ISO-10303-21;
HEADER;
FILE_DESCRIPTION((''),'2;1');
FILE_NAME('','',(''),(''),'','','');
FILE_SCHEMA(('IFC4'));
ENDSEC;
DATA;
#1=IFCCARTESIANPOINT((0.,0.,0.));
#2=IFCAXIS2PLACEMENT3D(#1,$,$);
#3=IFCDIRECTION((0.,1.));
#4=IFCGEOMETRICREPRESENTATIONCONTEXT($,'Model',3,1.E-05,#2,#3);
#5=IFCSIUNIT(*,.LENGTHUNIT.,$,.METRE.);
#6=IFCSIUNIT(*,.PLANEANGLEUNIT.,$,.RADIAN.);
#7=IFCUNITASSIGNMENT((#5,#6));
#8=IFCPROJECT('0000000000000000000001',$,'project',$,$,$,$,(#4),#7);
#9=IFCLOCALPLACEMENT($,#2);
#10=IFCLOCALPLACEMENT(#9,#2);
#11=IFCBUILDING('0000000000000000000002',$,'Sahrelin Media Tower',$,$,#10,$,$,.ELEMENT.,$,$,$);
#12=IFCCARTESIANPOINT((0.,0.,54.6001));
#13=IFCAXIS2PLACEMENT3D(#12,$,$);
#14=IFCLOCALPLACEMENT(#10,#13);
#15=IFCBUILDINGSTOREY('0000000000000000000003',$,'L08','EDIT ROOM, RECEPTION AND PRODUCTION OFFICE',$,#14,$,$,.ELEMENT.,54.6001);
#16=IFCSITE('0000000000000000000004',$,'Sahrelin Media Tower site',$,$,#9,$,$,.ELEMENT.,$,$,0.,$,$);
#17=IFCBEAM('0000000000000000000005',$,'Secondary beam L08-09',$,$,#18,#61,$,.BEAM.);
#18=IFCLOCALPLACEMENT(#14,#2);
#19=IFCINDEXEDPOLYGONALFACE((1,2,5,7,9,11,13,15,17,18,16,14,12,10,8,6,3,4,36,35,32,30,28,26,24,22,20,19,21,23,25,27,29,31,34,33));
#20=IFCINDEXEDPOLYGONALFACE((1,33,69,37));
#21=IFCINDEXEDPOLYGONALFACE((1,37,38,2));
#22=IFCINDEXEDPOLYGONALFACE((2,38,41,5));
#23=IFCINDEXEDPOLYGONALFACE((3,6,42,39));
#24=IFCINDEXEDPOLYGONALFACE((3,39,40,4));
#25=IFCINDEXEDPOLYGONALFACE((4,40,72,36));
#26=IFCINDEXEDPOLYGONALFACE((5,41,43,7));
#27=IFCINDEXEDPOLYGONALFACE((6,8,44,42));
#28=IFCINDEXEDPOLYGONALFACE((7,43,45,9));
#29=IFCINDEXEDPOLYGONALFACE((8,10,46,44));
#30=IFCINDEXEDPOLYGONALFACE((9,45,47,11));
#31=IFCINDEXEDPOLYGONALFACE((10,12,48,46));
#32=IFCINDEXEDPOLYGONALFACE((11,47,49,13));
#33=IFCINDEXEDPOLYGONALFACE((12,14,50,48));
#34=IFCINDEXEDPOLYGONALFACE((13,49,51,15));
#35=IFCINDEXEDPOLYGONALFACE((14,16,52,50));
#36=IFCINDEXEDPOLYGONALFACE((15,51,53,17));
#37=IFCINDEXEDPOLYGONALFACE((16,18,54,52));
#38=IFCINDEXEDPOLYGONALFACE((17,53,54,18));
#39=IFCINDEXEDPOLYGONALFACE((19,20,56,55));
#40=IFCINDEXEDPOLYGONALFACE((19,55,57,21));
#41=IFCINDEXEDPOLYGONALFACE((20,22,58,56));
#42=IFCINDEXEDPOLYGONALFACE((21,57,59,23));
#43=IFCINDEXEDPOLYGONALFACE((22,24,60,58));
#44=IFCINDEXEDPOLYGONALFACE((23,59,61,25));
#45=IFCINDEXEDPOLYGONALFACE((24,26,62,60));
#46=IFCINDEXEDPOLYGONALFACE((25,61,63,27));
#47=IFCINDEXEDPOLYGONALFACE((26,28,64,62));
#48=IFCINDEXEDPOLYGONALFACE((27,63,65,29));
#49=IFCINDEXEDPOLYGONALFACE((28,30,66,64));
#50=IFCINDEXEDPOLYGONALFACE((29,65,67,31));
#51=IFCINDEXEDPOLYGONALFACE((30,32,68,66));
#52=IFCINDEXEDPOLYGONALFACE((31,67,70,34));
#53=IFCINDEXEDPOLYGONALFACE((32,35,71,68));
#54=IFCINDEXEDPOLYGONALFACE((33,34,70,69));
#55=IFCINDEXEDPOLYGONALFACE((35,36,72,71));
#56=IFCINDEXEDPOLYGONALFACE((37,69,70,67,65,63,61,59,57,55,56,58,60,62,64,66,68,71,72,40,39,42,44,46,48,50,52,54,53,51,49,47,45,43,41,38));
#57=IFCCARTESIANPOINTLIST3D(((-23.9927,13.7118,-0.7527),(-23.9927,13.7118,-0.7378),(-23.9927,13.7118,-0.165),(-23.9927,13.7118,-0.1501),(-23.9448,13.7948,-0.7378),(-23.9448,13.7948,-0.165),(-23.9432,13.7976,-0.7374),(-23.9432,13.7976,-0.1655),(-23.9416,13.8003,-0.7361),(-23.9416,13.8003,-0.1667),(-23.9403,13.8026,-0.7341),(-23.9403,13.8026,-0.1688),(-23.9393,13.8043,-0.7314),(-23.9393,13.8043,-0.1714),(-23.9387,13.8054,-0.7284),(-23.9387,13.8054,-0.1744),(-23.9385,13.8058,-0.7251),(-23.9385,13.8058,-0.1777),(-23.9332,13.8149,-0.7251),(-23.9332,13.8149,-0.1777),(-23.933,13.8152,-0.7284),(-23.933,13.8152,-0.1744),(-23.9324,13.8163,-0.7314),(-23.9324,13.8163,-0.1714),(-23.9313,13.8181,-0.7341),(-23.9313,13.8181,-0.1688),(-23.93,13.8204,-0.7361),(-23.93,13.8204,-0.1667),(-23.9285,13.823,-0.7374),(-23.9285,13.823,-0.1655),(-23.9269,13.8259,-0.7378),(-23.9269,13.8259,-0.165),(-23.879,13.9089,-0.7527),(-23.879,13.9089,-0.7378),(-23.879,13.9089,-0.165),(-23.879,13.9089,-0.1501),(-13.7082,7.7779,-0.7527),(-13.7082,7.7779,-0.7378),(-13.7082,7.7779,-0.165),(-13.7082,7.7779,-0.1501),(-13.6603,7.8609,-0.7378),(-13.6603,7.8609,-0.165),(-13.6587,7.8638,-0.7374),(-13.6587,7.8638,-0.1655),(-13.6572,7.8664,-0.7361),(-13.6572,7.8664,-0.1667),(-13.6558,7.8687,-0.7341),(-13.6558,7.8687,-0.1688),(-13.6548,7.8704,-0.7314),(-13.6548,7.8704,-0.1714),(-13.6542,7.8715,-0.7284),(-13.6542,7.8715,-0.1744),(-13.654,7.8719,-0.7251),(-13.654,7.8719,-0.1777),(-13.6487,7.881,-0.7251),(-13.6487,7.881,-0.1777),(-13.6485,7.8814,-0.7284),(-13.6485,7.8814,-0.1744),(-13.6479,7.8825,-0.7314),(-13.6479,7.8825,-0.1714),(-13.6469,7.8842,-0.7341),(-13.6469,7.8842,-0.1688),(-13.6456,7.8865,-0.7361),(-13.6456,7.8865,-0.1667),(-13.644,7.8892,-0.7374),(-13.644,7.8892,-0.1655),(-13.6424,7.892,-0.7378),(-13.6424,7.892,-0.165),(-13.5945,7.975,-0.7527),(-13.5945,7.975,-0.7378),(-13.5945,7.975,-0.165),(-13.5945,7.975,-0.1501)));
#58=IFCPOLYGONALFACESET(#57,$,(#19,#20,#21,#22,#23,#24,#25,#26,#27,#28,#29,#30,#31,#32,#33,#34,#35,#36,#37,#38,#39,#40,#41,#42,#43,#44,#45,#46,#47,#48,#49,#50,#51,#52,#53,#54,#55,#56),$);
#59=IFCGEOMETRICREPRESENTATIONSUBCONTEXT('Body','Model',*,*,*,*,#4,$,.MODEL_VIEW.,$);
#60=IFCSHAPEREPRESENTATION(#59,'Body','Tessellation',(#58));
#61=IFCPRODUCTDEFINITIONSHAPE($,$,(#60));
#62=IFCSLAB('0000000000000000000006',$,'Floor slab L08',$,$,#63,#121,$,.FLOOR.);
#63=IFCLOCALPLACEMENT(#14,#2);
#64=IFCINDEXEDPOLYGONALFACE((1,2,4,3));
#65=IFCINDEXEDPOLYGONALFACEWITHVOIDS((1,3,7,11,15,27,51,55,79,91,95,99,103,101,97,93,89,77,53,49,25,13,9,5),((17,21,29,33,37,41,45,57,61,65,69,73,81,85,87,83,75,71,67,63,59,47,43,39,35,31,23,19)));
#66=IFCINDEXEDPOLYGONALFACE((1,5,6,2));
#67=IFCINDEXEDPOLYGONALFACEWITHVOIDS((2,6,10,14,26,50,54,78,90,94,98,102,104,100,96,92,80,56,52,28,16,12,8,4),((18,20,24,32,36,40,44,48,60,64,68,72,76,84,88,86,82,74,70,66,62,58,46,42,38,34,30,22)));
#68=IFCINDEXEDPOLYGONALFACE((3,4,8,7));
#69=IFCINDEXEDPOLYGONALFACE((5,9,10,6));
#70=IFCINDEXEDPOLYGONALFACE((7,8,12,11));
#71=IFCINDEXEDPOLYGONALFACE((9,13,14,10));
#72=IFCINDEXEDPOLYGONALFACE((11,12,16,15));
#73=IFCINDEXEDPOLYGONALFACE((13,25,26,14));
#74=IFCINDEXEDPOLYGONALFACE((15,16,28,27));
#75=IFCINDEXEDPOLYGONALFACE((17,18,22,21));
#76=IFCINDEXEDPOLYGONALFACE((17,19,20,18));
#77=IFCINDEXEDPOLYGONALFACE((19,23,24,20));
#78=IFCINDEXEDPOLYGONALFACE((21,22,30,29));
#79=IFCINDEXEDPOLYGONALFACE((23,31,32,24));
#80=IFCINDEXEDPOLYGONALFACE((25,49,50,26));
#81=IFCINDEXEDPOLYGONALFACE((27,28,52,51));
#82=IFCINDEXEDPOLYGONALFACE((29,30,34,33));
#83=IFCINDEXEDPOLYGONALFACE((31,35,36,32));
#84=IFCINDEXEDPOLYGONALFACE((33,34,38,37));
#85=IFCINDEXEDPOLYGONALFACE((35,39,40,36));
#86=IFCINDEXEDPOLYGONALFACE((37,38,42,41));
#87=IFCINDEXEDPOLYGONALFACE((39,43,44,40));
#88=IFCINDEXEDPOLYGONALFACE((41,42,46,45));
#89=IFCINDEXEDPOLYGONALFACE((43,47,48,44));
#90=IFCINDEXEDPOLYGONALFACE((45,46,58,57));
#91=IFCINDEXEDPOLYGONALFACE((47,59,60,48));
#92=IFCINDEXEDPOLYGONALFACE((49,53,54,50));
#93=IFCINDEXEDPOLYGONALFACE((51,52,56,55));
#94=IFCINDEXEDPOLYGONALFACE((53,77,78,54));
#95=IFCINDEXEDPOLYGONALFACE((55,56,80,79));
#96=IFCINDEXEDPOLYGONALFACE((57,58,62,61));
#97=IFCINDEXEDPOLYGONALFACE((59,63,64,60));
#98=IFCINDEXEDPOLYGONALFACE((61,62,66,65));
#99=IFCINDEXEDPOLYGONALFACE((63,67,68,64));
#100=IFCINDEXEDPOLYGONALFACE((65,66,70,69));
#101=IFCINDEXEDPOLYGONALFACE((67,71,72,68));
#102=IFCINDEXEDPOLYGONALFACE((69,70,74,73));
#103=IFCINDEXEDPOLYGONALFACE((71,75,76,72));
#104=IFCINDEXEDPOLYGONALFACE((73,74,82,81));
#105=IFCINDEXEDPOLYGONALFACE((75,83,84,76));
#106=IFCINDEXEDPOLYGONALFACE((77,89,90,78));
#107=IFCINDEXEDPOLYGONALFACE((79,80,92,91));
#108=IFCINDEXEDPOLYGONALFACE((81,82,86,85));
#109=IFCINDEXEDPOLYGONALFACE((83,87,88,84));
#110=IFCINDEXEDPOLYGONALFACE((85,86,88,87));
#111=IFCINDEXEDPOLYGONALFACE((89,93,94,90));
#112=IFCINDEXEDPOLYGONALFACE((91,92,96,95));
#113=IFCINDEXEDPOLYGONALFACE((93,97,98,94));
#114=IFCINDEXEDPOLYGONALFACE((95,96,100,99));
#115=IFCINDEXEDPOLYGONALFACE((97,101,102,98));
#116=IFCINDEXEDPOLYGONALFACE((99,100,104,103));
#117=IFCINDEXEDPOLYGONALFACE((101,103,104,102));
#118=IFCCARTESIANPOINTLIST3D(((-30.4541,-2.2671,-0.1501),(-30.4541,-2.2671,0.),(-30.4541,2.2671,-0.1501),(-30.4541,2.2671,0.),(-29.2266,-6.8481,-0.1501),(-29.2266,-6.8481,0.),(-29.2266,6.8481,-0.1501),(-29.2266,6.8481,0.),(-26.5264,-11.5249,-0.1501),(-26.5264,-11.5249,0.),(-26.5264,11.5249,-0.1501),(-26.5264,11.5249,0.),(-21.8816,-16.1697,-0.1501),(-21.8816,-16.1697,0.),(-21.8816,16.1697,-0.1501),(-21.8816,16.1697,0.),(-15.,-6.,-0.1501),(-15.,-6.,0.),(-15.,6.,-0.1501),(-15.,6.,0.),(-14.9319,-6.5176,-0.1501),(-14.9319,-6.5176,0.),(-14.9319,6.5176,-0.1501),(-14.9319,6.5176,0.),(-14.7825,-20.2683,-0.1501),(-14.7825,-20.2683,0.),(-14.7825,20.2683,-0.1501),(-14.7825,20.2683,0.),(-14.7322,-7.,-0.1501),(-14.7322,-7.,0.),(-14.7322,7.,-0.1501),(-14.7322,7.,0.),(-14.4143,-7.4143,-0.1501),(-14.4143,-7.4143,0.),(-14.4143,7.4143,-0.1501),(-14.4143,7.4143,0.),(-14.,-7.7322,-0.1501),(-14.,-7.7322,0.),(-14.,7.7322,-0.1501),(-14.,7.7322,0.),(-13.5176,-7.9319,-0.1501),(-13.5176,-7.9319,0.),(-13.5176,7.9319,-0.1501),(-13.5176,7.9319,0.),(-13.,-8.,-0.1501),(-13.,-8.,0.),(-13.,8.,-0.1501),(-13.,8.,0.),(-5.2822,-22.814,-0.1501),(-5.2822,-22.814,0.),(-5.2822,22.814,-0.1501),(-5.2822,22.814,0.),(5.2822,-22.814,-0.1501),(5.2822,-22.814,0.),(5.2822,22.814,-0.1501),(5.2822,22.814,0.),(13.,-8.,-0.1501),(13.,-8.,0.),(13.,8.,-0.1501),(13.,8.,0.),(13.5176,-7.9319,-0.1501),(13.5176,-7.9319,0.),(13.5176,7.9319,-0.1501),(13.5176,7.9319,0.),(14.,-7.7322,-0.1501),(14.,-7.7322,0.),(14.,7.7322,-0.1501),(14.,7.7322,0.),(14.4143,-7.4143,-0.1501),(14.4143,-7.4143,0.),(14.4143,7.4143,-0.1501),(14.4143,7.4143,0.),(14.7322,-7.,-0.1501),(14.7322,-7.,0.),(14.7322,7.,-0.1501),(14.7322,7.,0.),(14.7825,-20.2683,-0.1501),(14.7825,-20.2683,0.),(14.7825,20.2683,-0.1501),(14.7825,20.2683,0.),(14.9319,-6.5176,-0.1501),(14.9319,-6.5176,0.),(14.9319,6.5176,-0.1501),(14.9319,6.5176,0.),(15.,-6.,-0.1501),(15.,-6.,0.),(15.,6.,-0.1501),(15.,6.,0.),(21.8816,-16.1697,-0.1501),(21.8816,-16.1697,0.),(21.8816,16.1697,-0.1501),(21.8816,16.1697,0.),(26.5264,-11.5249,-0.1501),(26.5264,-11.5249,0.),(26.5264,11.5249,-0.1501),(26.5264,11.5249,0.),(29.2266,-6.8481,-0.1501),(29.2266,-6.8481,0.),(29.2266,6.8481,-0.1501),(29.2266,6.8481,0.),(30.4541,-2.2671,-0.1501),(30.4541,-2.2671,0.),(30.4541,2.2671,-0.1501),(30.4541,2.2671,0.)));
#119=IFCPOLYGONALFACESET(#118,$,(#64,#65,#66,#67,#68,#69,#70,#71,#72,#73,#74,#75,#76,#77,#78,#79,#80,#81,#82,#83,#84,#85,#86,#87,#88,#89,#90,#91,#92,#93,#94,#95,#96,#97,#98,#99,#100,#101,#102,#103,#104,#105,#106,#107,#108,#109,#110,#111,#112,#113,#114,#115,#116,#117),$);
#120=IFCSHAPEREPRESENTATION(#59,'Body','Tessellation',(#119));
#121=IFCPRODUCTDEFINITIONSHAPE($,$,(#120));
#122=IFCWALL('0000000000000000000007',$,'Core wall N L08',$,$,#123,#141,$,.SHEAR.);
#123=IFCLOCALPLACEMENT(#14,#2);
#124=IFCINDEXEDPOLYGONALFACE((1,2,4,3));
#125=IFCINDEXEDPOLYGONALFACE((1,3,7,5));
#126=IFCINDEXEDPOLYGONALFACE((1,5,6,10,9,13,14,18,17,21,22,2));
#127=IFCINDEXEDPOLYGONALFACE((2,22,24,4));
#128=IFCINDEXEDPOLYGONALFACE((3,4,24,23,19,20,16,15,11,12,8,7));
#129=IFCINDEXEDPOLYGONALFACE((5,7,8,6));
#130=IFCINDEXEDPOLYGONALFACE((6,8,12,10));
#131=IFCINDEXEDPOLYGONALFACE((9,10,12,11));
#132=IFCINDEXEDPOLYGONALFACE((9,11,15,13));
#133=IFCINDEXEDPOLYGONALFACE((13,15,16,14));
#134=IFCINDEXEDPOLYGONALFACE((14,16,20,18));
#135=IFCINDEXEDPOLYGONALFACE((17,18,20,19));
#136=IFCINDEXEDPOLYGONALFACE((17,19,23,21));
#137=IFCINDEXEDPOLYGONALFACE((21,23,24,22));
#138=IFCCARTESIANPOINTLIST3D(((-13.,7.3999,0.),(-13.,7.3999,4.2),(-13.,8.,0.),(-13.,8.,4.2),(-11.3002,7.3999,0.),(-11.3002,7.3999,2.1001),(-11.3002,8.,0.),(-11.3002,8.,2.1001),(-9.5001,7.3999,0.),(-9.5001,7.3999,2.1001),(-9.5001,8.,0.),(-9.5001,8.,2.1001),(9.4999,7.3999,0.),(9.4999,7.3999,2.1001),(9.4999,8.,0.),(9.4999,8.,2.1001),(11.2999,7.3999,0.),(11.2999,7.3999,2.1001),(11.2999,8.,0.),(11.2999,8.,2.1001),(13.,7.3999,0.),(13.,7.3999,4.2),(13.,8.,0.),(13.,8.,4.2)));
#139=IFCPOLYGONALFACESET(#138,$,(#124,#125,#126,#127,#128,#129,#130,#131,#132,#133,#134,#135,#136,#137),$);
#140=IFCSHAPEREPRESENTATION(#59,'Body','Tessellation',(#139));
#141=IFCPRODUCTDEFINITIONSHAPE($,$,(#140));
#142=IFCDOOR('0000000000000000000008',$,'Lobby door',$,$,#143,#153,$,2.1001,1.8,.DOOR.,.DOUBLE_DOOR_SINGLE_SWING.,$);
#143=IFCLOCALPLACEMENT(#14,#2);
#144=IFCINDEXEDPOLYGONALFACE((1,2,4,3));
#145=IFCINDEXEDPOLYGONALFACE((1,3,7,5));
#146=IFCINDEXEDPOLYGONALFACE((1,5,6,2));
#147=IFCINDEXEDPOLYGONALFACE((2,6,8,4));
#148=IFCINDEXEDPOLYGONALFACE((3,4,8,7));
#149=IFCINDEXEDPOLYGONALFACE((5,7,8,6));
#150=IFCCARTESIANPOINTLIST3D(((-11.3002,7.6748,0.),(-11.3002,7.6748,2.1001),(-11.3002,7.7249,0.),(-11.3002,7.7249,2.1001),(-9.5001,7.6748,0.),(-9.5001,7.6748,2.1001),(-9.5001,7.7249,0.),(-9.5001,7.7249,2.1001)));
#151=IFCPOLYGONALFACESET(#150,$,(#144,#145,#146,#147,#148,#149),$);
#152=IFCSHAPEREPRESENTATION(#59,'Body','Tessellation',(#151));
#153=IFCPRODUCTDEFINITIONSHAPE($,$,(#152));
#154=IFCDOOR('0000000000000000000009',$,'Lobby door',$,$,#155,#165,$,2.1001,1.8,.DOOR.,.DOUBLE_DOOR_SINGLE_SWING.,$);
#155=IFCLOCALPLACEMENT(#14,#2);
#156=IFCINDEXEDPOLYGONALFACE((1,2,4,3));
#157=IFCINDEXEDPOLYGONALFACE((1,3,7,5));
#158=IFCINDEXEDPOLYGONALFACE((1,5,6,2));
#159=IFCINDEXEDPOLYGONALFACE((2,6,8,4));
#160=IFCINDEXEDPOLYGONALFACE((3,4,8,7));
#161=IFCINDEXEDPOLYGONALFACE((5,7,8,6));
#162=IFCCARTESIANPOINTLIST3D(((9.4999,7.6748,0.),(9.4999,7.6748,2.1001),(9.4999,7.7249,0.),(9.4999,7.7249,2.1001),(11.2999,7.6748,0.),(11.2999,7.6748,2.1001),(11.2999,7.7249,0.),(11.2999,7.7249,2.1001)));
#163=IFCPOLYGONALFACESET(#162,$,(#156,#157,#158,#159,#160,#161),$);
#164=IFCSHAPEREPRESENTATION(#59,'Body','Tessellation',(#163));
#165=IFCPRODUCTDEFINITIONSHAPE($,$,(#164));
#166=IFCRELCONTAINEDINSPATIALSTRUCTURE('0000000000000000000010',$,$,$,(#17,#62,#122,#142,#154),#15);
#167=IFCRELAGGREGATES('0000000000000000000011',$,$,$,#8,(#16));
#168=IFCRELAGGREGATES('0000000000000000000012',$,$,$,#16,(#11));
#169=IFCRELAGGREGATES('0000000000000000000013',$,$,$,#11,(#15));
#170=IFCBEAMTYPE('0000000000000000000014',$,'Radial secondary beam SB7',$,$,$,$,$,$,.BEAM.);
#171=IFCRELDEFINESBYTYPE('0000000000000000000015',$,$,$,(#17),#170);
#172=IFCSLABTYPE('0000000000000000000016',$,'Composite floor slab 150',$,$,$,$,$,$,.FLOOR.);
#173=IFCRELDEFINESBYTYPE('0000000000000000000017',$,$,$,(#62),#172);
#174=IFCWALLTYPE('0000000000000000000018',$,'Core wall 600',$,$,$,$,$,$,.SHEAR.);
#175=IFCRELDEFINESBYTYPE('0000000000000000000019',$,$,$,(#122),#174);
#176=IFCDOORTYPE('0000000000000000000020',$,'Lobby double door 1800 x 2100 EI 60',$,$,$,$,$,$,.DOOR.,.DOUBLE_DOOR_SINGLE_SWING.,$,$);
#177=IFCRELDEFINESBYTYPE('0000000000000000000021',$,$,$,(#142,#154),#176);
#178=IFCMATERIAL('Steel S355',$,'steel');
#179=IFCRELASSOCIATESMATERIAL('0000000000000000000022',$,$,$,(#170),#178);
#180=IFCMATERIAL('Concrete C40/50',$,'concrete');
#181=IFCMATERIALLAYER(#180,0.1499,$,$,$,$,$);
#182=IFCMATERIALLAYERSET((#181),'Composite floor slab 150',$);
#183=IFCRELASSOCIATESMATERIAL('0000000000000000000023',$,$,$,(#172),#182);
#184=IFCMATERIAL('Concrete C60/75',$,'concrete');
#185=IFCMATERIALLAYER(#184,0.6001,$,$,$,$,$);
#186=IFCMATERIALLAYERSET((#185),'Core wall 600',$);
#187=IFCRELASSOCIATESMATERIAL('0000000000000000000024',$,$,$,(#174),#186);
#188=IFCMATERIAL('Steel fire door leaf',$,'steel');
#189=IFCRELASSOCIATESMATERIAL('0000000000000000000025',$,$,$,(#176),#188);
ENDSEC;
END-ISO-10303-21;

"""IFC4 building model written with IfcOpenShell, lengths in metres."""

from ifc_helpers import new_model, si_unit, direction, frame, frame_2d, origin, origin_2d, place, context, subcontext, project, spatial, polyline, rectangle, i_section, outline, extrude, material, layer, layer_set, material_profile, profile_set, type_object, element, fill, save


model = new_model("IFC4")

# Units and contexts
model_context = context("Model", 3, precision=1e-05, world=origin(), true_north=direction((0.0, 1.0)))
body_context = subcontext(model_context, "Body", "Model", "MODEL_VIEW")
ifc_project = project(units=[si_unit("LENGTHUNIT", "METRE"), si_unit("PLANEANGLEUNIT", "RADIAN")], contexts=[model_context])

# Site, building, storey
site_placement = place(None, origin())
site = spatial("IfcSite", under=ifc_project, at=site_placement, Name="Sahrelin Media Tower site", CompositionType="ELEMENT", RefElevation=0.0)
building_placement = place(site_placement, origin())
building = spatial("IfcBuilding", under=site, at=building_placement, Name="Sahrelin Media Tower", CompositionType="ELEMENT")
storey_placement = place(building_placement, frame((0.0, 0.0, 54.6001)))
storey = spatial("IfcBuildingStorey", under=building, at=storey_placement, Name="L08", Description="EDIT ROOM, RECEPTION AND PRODUCTION OFFICE", CompositionType="ELEMENT", Elevation=54.6001)

# Beam
ifc_material_1 = material(Name="Steel S355", Category="steel")
ifc_material_profile = material_profile(ifc_material_1, i_section(OverallWidth=0.2275, OverallDepth=0.6025, WebThickness=0.0105, FlangeThickness=0.0149, FilletRadius=0.0127, at=origin_2d()), Name="UB 610x229x101")
ifc_profile_set = profile_set([ifc_material_profile], Name="Steel S355")
beam_type = type_object("IfcBeamType", Name="Radial secondary beam SB7", PredefinedType="BEAM", material=ifc_profile_set)
beam_placement = place(storey_placement, frame((-13.6514, 7.8765, -0.4514), z_axis=(-0.866167, 0.499755, 0.0), x_axis=(-0.499755, -0.866167, 0.0)))
element("IfcBeam", 1, at=beam_placement, inside=storey, type_object=beam_type, Name="Secondary beam L08-09", PredefinedType="BEAM", context=body_context, shape_type="SweptSolid", body=[
    extrude(i_section(OverallWidth=0.2275, OverallDepth=0.6025, WebThickness=0.0105, FlangeThickness=0.0149, FilletRadius=0.0127, at=origin_2d()), origin(), (0.0, 0.0, 1.0), 11.8735),
])

# Slab
ifc_material_2 = material(Name="Concrete C40/50", Category="concrete")
ifc_layer_1 = layer(ifc_material_2, 0.1499)
ifc_layer_set_1 = layer_set([ifc_layer_1], Name="Composite floor slab 150")
slab_type = type_object("IfcSlabType", Name="Composite floor slab 150", PredefinedType="FLOOR", material=ifc_layer_set_1)
slab_placement = place(storey_placement, frame((0.0, 0.0, -0.1501)))
element("IfcSlab", 2, at=slab_placement, inside=storey, type_object=slab_type, Name="Floor slab L08", PredefinedType="FLOOR", context=body_context, shape_type="SweptSolid", body=[
    extrude(outline(polyline([(30.4541, -2.2671), (30.4541, 2.2671), (29.2266, 6.8481), (26.5264, 11.5249), (21.8816, 16.1697), (14.7825, 20.2683), (5.2822, 22.814), (-5.2822, 22.814), (-14.7825, 20.2683), (-21.8816, 16.1697), (-26.5264, 11.5249), (-29.2266, 6.8481), (-30.4541, 2.2671), (-30.4541, -2.2671), (-29.2266, -6.8481), (-26.5264, -11.5249), (-21.8816, -16.1697), (-14.7825, -20.2683), (-5.2822, -22.814), (5.2822, -22.814), (14.7825, -20.2683), (21.8816, -16.1697), (26.5264, -11.5249), (29.2266, -6.8481), (30.4541, -2.2671)]), holes=[polyline([(14.9319, 6.5176), (15.0, 6.0), (15.0, -6.0), (14.9319, -6.5176), (14.7322, -7.0), (14.4143, -7.4143), (14.0, -7.7322), (13.5176, -7.9319), (13.0, -8.0), (-13.0, -8.0), (-13.5176, -7.9319), (-14.0, -7.7322), (-14.4143, -7.4143), (-14.7322, -7.0), (-14.9319, -6.5176), (-15.0, -6.0), (-15.0, 6.0), (-14.9319, 6.5176), (-14.7322, 7.0), (-14.4143, 7.4143), (-14.0, 7.7322), (-13.5176, 7.9319), (-13.0, 8.0), (13.0, 8.0), (13.5176, 7.9319), (14.0, 7.7322), (14.4143, 7.4143), (14.7322, 7.0), (14.9319, 6.5176)])]), origin(), (0.0, 0.0, 1.0), 0.1501),
])

# Wall, openings, doors
ifc_material_3 = material(Name="Concrete C60/75", Category="concrete")
ifc_layer_2 = layer(ifc_material_3, 0.6001)
ifc_layer_set_2 = layer_set([ifc_layer_2], Name="Core wall 600")
wall_type_1 = type_object("IfcWallType", Name="Core wall 600", PredefinedType="SHEAR", material=ifc_layer_set_2)
wall_1_placement = place(storey_placement, frame((-13.0, 7.7, 0.0), z_axis=(0.0, 0.0, 1.0), x_axis=(1.0, 0.0, 0.0)))
wall_1 = element("IfcWall", 3, at=wall_1_placement, inside=storey, type_object=wall_type_1, Name="Core wall N L08", PredefinedType="SHEAR", context=body_context, shape_type="SweptSolid", body=[
    extrude(rectangle(XDim=26.0, YDim=0.6001, at=frame_2d((13.0, 0.0))), origin(), (0.0, 0.0, 1.0), 4.2),
])
opening_1_placement = place(wall_1_placement, frame((1.7, 0.0, 0.0)))
opening_1 = element("IfcOpeningElement", 4, at=opening_1_placement, cuts=wall_1, PredefinedType="OPENING", context=body_context, shape_type="SweptSolid", body=[
    extrude(rectangle(XDim=1.8, YDim=2.1001, at=frame_2d((0.8999, 1.05))), frame((0.0, 0.3, 0.0), z_axis=(0.0, -1.0, 0.0), x_axis=(1.0, 0.0, 0.0)), (0.0, 0.0, 1.0), 0.6001),
])
opening_2_placement = place(wall_1_placement, frame((22.5, 0.0, 0.0)))
opening_2 = element("IfcOpeningElement", 5, at=opening_2_placement, cuts=wall_1, PredefinedType="OPENING", context=body_context, shape_type="SweptSolid", body=[
    extrude(rectangle(XDim=1.8, YDim=2.1001, at=frame_2d((0.8999, 1.05))), frame((0.0, 0.3, 0.0), z_axis=(0.0, -1.0, 0.0), x_axis=(1.0, 0.0, 0.0)), (0.0, 0.0, 1.0), 0.6001),
])
ifc_material_4 = material(Name="Steel fire door leaf", Category="steel")
door_type_1 = type_object("IfcDoorType", Name="Lobby double door 1800 x 2100 EI 60", OperationType="DOUBLE_DOOR_SINGLE_SWING", PredefinedType="DOOR", material=ifc_material_4)
door_1_placement = place(opening_1_placement, origin())
door_1 = element("IfcDoor", 6, at=door_1_placement, inside=storey, type_object=door_type_1, Name="Lobby door", OperationType="DOUBLE_DOOR_SINGLE_SWING", OverallHeight=2.1001, OverallWidth=1.8, PredefinedType="DOOR", context=body_context, shape_type="SweptSolid", body=[
    extrude(rectangle(XDim=1.8, YDim=2.1001, at=frame_2d((0.8999, 1.05))), frame((0.0, 0.0249, 0.0), z_axis=(0.0, -1.0, 0.0), x_axis=(1.0, 0.0, 0.0)), (0.0, 0.0, 1.0), 0.05),
])
fill(opening_1, door_1)
door_2_placement = place(opening_2_placement, origin())
door_2 = element("IfcDoor", 7, at=door_2_placement, inside=storey, type_object=door_type_1, Name="Lobby door", OperationType="DOUBLE_DOOR_SINGLE_SWING", OverallHeight=2.1001, OverallWidth=1.8, PredefinedType="DOOR", context=body_context, shape_type="SweptSolid", body=[
    extrude(rectangle(XDim=1.8, YDim=2.1001, at=frame_2d((0.8999, 1.05))), frame((0.0, 0.0249, 0.0), z_axis=(0.0, -1.0, 0.0), x_axis=(1.0, 0.0, 0.0)), (0.0, 0.0, 1.0), 0.05),
])
fill(opening_2, door_2)

save(model, "model.ifc")
